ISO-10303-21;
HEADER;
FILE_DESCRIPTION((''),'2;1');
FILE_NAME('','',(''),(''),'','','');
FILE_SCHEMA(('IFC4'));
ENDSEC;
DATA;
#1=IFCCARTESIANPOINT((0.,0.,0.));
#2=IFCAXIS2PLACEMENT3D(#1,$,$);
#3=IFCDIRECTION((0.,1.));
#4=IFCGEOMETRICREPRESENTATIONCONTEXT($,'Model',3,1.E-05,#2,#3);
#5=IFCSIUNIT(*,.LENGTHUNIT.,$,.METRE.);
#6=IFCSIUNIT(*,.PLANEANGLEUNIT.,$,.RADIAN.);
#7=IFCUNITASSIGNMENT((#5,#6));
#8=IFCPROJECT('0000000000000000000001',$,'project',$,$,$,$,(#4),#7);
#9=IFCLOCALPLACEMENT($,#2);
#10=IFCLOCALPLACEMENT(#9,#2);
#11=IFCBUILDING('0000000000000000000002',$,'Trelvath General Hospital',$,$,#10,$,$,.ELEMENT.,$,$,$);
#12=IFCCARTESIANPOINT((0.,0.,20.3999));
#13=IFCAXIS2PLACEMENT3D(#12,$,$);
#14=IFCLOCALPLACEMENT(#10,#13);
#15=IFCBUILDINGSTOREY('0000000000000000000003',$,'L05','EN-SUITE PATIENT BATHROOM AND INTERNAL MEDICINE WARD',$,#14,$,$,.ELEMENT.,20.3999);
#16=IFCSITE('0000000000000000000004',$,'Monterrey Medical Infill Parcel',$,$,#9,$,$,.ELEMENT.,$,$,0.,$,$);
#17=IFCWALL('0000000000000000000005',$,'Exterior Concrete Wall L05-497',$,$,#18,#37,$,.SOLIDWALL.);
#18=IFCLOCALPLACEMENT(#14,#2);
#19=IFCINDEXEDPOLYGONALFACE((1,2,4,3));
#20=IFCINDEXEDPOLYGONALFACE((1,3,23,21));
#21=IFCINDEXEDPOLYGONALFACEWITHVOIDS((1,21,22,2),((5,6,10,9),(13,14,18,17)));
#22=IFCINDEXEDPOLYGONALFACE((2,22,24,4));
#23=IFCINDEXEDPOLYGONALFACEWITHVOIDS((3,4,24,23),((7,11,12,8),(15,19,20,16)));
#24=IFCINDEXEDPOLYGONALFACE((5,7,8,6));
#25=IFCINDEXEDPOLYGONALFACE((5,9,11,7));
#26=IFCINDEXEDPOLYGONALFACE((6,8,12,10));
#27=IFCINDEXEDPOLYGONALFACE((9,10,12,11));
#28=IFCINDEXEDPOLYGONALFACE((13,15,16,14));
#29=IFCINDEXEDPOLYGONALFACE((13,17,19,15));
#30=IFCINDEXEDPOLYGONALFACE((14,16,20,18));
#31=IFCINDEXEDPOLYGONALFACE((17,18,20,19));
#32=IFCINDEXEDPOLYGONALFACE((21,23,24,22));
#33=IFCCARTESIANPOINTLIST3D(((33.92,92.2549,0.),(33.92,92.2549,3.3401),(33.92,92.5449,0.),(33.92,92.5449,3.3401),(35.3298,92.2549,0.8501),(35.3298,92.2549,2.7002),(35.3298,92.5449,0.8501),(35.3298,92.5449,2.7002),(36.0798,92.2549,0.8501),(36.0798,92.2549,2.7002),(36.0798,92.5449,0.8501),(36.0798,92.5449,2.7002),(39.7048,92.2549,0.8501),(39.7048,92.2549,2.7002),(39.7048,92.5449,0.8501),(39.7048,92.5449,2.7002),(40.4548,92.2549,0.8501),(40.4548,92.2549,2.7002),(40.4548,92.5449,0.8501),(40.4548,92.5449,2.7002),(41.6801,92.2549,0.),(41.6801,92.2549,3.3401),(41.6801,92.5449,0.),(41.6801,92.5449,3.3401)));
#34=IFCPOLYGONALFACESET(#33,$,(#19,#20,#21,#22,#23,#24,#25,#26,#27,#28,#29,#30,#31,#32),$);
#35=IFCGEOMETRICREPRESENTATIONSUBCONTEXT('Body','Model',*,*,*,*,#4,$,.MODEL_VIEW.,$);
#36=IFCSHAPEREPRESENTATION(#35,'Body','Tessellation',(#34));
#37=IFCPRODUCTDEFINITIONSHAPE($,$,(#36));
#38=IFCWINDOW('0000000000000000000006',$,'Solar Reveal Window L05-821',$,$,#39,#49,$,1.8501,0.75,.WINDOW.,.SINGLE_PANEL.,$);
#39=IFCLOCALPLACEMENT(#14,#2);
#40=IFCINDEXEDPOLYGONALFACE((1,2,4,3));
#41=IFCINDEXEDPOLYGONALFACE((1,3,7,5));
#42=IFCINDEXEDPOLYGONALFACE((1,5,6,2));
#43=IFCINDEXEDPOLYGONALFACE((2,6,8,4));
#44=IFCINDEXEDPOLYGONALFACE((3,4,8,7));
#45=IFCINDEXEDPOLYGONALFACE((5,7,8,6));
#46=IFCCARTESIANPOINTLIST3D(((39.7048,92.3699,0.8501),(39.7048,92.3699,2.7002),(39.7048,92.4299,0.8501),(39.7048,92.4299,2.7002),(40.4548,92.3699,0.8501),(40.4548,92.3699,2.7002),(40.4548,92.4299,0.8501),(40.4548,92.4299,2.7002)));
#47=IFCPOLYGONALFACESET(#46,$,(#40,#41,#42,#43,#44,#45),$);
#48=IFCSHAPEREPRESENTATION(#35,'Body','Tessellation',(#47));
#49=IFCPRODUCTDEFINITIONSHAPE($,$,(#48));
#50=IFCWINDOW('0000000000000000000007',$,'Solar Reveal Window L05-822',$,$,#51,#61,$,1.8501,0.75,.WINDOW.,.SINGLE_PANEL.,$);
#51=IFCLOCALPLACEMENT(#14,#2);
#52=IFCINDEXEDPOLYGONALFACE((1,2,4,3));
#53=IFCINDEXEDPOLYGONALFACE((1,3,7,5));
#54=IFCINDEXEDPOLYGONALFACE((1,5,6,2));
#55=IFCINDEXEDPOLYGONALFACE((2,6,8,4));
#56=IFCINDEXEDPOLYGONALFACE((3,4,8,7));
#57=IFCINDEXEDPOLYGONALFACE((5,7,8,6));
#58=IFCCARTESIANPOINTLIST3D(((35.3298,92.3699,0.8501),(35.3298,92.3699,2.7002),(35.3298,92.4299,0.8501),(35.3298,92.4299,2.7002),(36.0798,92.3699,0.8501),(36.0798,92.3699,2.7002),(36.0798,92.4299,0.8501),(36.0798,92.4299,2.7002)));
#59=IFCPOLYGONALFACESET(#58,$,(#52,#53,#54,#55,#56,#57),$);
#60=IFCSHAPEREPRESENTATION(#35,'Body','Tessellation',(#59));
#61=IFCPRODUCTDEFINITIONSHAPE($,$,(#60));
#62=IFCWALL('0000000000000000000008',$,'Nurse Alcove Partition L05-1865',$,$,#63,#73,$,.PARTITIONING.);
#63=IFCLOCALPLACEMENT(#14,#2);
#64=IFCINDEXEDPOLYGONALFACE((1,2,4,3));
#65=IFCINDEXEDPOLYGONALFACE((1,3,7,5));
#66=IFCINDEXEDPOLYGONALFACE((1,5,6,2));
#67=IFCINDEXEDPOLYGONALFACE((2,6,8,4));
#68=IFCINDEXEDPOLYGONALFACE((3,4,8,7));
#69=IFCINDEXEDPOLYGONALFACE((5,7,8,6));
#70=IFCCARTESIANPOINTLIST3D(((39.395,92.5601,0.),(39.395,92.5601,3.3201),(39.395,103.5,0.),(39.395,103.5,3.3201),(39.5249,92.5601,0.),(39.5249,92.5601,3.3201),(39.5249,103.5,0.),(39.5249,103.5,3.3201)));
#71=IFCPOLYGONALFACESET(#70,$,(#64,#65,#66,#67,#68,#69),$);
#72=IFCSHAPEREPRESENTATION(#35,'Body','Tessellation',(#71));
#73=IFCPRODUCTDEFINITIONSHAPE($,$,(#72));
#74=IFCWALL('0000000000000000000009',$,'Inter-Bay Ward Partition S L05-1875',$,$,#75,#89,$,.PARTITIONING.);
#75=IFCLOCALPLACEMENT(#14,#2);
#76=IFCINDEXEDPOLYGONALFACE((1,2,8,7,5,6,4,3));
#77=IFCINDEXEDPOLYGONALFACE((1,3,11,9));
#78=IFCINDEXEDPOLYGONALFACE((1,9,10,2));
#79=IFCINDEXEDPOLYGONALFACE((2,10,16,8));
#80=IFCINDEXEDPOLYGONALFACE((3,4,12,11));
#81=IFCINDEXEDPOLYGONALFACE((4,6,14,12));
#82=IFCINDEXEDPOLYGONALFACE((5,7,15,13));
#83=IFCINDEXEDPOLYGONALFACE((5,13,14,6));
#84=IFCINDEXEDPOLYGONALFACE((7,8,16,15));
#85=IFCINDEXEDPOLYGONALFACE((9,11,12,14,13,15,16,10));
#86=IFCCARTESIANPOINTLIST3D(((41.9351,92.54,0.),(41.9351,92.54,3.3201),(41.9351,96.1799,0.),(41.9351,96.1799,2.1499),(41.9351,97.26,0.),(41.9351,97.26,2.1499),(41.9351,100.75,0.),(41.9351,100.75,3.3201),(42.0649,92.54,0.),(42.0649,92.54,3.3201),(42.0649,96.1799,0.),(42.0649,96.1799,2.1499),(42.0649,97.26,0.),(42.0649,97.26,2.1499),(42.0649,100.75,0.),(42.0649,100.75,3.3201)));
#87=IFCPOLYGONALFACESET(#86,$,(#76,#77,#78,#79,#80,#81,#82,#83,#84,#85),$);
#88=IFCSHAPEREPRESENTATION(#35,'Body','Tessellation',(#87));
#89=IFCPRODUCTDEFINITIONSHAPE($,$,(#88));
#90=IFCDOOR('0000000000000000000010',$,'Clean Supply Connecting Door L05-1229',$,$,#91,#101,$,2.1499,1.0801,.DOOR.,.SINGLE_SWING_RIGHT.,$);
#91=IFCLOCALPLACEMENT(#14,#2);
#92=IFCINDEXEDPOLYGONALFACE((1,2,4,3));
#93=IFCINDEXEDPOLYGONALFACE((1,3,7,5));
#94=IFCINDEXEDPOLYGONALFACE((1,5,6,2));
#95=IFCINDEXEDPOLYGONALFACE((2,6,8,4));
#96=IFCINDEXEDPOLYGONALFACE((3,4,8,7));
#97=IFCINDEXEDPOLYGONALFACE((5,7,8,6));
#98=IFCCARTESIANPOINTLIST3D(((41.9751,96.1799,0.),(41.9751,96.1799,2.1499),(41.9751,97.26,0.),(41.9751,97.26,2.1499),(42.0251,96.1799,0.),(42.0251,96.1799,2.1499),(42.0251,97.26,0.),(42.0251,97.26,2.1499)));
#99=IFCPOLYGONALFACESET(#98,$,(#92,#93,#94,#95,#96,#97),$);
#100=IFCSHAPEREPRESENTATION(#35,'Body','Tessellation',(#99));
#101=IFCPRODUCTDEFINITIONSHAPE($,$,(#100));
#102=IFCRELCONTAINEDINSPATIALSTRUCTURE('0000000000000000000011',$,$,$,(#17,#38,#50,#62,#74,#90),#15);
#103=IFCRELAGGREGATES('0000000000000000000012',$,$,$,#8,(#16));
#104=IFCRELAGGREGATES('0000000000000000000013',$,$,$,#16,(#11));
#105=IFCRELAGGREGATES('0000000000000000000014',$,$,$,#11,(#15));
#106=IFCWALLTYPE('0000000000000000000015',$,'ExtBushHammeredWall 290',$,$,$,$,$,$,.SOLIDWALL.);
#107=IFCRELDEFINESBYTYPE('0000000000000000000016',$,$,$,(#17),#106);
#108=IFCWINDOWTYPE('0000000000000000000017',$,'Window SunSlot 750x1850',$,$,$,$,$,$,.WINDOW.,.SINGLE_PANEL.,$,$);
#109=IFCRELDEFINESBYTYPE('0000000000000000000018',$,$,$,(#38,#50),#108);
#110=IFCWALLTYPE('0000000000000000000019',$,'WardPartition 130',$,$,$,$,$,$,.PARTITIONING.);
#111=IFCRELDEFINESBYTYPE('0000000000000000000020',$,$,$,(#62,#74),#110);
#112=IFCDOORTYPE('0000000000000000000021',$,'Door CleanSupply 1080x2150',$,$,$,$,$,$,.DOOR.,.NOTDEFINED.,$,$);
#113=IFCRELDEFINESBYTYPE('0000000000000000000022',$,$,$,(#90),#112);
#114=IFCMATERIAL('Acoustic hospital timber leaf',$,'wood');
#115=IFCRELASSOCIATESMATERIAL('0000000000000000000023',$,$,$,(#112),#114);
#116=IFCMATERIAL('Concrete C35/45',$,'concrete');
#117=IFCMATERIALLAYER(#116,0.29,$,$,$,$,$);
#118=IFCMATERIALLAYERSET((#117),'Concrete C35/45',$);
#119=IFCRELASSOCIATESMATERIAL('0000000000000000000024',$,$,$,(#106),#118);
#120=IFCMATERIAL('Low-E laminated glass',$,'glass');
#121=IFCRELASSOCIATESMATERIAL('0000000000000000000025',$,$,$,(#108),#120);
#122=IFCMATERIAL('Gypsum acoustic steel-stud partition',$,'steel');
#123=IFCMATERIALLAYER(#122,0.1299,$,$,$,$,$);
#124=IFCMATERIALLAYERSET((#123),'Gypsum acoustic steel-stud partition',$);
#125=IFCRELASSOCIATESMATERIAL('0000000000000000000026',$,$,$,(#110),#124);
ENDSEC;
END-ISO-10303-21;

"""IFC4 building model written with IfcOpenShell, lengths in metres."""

from ifc_helpers import new_model, si_unit, direction, frame, frame_2d, origin, place, context, subcontext, project, spatial, rectangle, extrude, material, layer, layer_set, type_object, element, fill, save


model = new_model("IFC4")

# Units and contexts
model_context = context("Model", 3, precision=1e-05, world=origin(), true_north=direction((0.0, 1.0)))
body_context = subcontext(model_context, "Body", "Model", "MODEL_VIEW")
ifc_project = project(units=[si_unit("LENGTHUNIT", "METRE"), si_unit("PLANEANGLEUNIT", "RADIAN")], contexts=[model_context])

# Site, building, storey
site_placement = place(None, origin())
site = spatial("IfcSite", under=ifc_project, at=site_placement, Name="Monterrey Medical Infill Parcel", CompositionType="ELEMENT", RefElevation=0.0)
building_placement = place(site_placement, origin())
building = spatial("IfcBuilding", under=site, at=building_placement, Name="Trelvath General Hospital", CompositionType="ELEMENT")
storey_placement = place(building_placement, frame((0.0, 0.0, 20.3999)))
storey = spatial("IfcBuildingStorey", under=building, at=storey_placement, Name="L05", Description="EN-SUITE PATIENT BATHROOM AND INTERNAL MEDICINE WARD", CompositionType="ELEMENT", Elevation=20.3999)

# Shared definitions
ifc_material_1 = material(Name="Acoustic hospital timber leaf", Category="wood")
door_type_1 = type_object("IfcDoorType", Name="Door CleanSupply 1080x2150", OperationType="NOTDEFINED", PredefinedType="DOOR", material=ifc_material_1)

# Wall, openings, windows
ifc_material_2 = material(Name="Concrete C35/45", Category="concrete")
ifc_layer_1 = layer(ifc_material_2, 0.29)
ifc_layer_set_1 = layer_set([ifc_layer_1], Name="Concrete C35/45")
wall_type_1 = type_object("IfcWallType", Name="ExtBushHammeredWall 290", PredefinedType="SOLIDWALL", material=ifc_layer_set_1)
wall_1_placement = place(storey_placement, frame((41.6799, 92.3999, 0.0), z_axis=(0.0, 0.0, 1.0), x_axis=(-1.0, 0.0, 0.0)))
wall_1 = element("IfcWall", 1, at=wall_1_placement, inside=storey, type_object=wall_type_1, Name="Exterior Concrete Wall L05-497", PredefinedType="SOLIDWALL", context=body_context, shape_type="SweptSolid", body=[
    extrude(rectangle(XDim=7.76, YDim=0.29, at=frame_2d((3.8799, 0.0))), origin(), (0.0, 0.0, 1.0), 3.3401),
])
opening_1_placement = place(wall_1_placement, frame((1.2251, 0.0, 0.8501)))
opening_1 = element("IfcOpeningElement", 2, at=opening_1_placement, cuts=wall_1, PredefinedType="OPENING", context=body_context, shape_type="SweptSolid", body=[
    extrude(rectangle(XDim=0.75, YDim=1.8501, at=frame_2d((0.375, 0.925))), frame((0.0, 0.155, 0.0), z_axis=(0.0, -1.0, 0.0), x_axis=(1.0, 0.0, 0.0)), (0.0, 0.0, 1.0), 0.3101),
])
opening_2_placement = place(wall_1_placement, frame((5.6001, 0.0, 0.8501)))
opening_2 = element("IfcOpeningElement", 3, at=opening_2_placement, cuts=wall_1, PredefinedType="OPENING", context=body_context, shape_type="SweptSolid", body=[
    extrude(rectangle(XDim=0.75, YDim=1.8501, at=frame_2d((0.375, 0.925))), frame((0.0, 0.155, 0.0), z_axis=(0.0, -1.0, 0.0), x_axis=(1.0, 0.0, 0.0)), (0.0, 0.0, 1.0), 0.3101),
])
ifc_material_3 = material(Name="Low-E laminated glass", Category="glass")
window_type = type_object("IfcWindowType", Name="Window SunSlot 750x1850", PartitioningType="SINGLE_PANEL", PredefinedType="WINDOW", material=ifc_material_3)
window_1_placement = place(opening_1_placement, origin())
window_1 = element("IfcWindow", 4, at=window_1_placement, inside=storey, type_object=window_type, Name="Solar Reveal Window L05-821", OverallHeight=1.8501, OverallWidth=0.75, PartitioningType="SINGLE_PANEL", PredefinedType="WINDOW", context=body_context, shape_type="SweptSolid", body=[
    extrude(rectangle(XDim=0.75, YDim=1.8501, at=frame_2d((0.375, 0.925))), frame((0.0, 0.03, 0.0), z_axis=(0.0, -1.0, 0.0), x_axis=(1.0, 0.0, 0.0)), (0.0, 0.0, 1.0), 0.0601),
])
fill(opening_1, window_1)
window_2_placement = place(opening_2_placement, origin())
window_2 = element("IfcWindow", 5, at=window_2_placement, inside=storey, type_object=window_type, Name="Solar Reveal Window L05-822", OverallHeight=1.8501, OverallWidth=0.75, PartitioningType="SINGLE_PANEL", PredefinedType="WINDOW", context=body_context, shape_type="SweptSolid", body=[
    extrude(rectangle(XDim=0.75, YDim=1.8501, at=frame_2d((0.375, 0.925))), frame((0.0, 0.03, 0.0), z_axis=(0.0, -1.0, 0.0), x_axis=(1.0, 0.0, 0.0)), (0.0, 0.0, 1.0), 0.0601),
])
fill(opening_2, window_2)

# Wall
ifc_material_4 = material(Name="Gypsum acoustic steel-stud partition", Category="steel")
ifc_layer_2 = layer(ifc_material_4, 0.1299)
ifc_layer_set_2 = layer_set([ifc_layer_2], Name="Gypsum acoustic steel-stud partition")
wall_type_2 = type_object("IfcWallType", Name="WardPartition 130", PredefinedType="PARTITIONING", material=ifc_layer_set_2)
wall_2_placement = place(storey_placement, frame((39.46, 92.5601, 0.0), z_axis=(0.0, 0.0, 1.0), x_axis=(0.0, 1.0, 0.0)))
element("IfcWall", 6, at=wall_2_placement, inside=storey, type_object=wall_type_2, Name="Nurse Alcove Partition L05-1865", PredefinedType="PARTITIONING", context=body_context, shape_type="SweptSolid", body=[
    extrude(rectangle(XDim=10.9399, YDim=0.1299, at=frame_2d((5.47, 0.0))), origin(), (0.0, 0.0, 1.0), 3.3201),
])

# Wall, opening, door
wall_3_placement = place(storey_placement, frame((42.0, 92.54, 0.0), z_axis=(0.0, 0.0, 1.0), x_axis=(0.0, 1.0, 0.0)))
wall_3 = element("IfcWall", 7, at=wall_3_placement, inside=storey, type_object=wall_type_2, Name="Inter-Bay Ward Partition S L05-1875", PredefinedType="PARTITIONING", context=body_context, shape_type="SweptSolid", body=[
    extrude(rectangle(XDim=8.21, YDim=0.1299, at=frame_2d((4.105, 0.0))), origin(), (0.0, 0.0, 1.0), 3.3201),
])
opening_3_placement = place(wall_3_placement, frame((3.6399, 0.0, 0.0)))
opening_3 = element("IfcOpeningElement", 8, at=opening_3_placement, cuts=wall_3, PredefinedType="OPENING", context=body_context, shape_type="SweptSolid", body=[
    extrude(rectangle(XDim=1.0801, YDim=2.1499, at=frame_2d((0.54, 1.075))), frame((0.0, 0.075, 0.0), z_axis=(0.0, -1.0, 0.0), x_axis=(1.0, 0.0, 0.0)), (0.0, 0.0, 1.0), 0.1499),
])
door_1_placement = place(opening_3_placement, origin())
door_1 = element("IfcDoor", 9, at=door_1_placement, inside=storey, type_object=door_type_1, Name="Clean Supply Connecting Door L05-1229", OperationType="SINGLE_SWING_RIGHT", OverallHeight=2.1499, OverallWidth=1.0801, PredefinedType="DOOR", context=body_context, shape_type="SweptSolid", body=[
    extrude(rectangle(XDim=1.0801, YDim=2.1499, at=frame_2d((0.54, 1.075))), frame((0.0, 0.0249, 0.0), z_axis=(0.0, -1.0, 0.0), x_axis=(1.0, 0.0, 0.0)), (0.0, 0.0, 1.0), 0.05),
])
fill(opening_3, door_1)

save(model, "model.ifc")
